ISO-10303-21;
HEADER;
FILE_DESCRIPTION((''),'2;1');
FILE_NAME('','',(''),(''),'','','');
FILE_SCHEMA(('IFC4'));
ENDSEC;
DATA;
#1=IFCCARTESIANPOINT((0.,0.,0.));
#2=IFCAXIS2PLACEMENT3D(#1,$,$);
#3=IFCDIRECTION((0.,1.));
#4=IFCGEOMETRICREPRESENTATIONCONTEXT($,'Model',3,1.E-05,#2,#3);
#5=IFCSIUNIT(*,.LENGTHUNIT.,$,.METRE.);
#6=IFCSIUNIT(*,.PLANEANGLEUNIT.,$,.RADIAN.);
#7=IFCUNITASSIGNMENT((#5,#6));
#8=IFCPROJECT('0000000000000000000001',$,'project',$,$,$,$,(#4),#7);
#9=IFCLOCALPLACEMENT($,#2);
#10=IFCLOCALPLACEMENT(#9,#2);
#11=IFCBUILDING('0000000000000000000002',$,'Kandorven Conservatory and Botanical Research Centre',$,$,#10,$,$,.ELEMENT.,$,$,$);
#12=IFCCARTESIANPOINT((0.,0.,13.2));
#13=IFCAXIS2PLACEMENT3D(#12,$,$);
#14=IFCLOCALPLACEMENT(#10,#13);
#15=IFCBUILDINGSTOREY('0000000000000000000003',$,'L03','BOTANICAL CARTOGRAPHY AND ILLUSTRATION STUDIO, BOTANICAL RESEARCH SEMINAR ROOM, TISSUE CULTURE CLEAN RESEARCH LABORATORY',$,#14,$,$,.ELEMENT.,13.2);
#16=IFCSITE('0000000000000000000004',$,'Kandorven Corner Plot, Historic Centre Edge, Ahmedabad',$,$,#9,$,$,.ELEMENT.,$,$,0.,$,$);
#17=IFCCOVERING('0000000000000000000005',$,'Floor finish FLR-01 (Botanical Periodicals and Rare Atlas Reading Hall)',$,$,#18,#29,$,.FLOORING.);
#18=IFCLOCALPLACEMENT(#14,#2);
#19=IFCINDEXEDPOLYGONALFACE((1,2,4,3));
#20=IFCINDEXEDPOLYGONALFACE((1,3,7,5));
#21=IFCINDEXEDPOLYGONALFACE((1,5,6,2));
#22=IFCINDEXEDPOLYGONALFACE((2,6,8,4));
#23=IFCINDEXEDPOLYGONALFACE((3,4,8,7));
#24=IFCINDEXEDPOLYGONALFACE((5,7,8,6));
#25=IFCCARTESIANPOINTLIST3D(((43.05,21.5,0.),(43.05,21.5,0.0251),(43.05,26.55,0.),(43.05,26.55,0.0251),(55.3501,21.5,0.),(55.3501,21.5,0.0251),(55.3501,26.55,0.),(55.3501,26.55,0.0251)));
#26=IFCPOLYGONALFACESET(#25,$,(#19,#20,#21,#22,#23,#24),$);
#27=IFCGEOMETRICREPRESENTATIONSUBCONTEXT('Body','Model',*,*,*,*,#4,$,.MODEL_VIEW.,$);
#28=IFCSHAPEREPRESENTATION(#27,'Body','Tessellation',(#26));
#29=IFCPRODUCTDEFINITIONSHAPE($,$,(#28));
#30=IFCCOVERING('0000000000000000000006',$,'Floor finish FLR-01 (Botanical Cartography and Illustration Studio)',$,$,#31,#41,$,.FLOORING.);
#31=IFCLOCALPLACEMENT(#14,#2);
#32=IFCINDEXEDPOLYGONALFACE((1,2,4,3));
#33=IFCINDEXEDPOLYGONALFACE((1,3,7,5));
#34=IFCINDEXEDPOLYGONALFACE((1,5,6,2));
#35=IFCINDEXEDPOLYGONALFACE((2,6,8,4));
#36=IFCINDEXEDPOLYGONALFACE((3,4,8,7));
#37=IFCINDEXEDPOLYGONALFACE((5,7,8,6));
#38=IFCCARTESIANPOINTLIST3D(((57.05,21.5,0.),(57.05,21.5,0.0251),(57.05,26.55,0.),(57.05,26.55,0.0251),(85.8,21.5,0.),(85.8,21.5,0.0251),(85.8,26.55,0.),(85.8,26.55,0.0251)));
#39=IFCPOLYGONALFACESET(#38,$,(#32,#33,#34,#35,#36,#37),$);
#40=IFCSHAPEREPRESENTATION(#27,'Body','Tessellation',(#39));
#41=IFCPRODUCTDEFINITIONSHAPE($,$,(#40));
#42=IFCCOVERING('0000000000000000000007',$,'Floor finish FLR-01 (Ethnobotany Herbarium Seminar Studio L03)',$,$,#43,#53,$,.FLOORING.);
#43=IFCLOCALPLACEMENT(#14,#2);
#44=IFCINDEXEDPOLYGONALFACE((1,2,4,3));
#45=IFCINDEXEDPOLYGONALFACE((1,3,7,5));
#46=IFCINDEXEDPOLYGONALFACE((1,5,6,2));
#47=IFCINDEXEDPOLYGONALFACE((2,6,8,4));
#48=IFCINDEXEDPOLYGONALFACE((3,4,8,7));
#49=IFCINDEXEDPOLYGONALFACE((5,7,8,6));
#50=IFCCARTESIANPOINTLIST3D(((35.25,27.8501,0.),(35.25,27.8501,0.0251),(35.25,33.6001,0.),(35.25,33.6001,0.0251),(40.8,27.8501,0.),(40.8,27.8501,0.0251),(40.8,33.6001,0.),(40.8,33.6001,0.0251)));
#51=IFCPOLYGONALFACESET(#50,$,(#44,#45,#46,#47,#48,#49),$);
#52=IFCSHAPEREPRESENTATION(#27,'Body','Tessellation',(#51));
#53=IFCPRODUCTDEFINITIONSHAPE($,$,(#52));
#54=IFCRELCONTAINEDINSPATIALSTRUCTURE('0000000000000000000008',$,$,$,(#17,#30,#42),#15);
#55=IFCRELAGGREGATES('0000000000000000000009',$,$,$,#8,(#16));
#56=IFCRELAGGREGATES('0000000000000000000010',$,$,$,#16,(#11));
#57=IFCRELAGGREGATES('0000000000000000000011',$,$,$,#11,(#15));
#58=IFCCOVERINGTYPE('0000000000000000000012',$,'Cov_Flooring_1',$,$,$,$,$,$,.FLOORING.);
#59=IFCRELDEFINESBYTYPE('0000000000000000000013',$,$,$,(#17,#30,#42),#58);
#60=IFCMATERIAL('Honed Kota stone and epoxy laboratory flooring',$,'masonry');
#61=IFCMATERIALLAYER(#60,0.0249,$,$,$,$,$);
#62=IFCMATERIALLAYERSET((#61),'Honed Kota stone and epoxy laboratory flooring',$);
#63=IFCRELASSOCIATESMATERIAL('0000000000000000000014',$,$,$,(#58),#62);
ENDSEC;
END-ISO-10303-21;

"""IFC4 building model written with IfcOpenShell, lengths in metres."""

from ifc_helpers import new_model, si_unit, direction, frame, origin, place, context, subcontext, project, spatial, polyline, outline, extrude, material, layer, layer_set, type_object, element, save


model = new_model("IFC4")

# Units and contexts
model_context = context("Model", 3, precision=1e-05, world=origin(), true_north=direction((0.0, 1.0)))
body_context = subcontext(model_context, "Body", "Model", "MODEL_VIEW")
ifc_project = project(units=[si_unit("LENGTHUNIT", "METRE"), si_unit("PLANEANGLEUNIT", "RADIAN")], contexts=[model_context])

# Site, building, storey
site_placement = place(None, origin())
site = spatial("IfcSite", under=ifc_project, at=site_placement, Name="Kandorven Corner Plot, Historic Centre Edge, Ahmedabad", CompositionType="ELEMENT", RefElevation=0.0)
building_placement = place(site_placement, origin())
building = spatial("IfcBuilding", under=site, at=building_placement, Name="Kandorven Conservatory and Botanical Research Centre", CompositionType="ELEMENT")
storey_placement = place(building_placement, frame((0.0, 0.0, 13.2)))
storey = spatial("IfcBuildingStorey", under=building, at=storey_placement, Name="L03", Description="BOTANICAL CARTOGRAPHY AND ILLUSTRATION STUDIO, BOTANICAL RESEARCH SEMINAR ROOM, TISSUE CULTURE CLEAN RESEARCH LABORATORY", CompositionType="ELEMENT", Elevation=13.2)

# Coverings
ifc_material_1 = material(Name="Honed Kota stone and epoxy laboratory flooring", Category="masonry")
ifc_layer_1 = layer(ifc_material_1, 0.0249)
ifc_layer_set_1 = layer_set([ifc_layer_1], Name="Honed Kota stone and epoxy laboratory flooring")
covering_type_1 = type_object("IfcCoveringType", Name="Cov_Flooring_1", PredefinedType="FLOORING", material=ifc_layer_set_1)
covering_1_placement = place(storey_placement, origin())
element("IfcCovering", 1, at=covering_1_placement, inside=storey, type_object=covering_type_1, Name="Floor finish FLR-01 (Botanical Periodicals and Rare Atlas Reading Hall)", PredefinedType="FLOORING", context=body_context, shape_type="SweptSolid", body=[
    extrude(outline(polyline([(43.05, 21.5), (55.3501, 21.5), (55.3501, 26.55), (43.05, 26.55), (43.05, 21.5)])), origin(), (0.0, 0.0, 1.0), 0.0251),
])
covering_2_placement = place(storey_placement, origin())
element("IfcCovering", 2, at=covering_2_placement, inside=storey, type_object=covering_type_1, Name="Floor finish FLR-01 (Botanical Cartography and Illustration Studio)", PredefinedType="FLOORING", context=body_context, shape_type="SweptSolid", body=[
    extrude(outline(polyline([(57.05, 21.5), (85.8, 21.5), (85.8, 26.55), (57.05, 26.55), (57.05, 21.5)])), origin(), (0.0, 0.0, 1.0), 0.0251),
])
covering_3_placement = place(storey_placement, origin())
element("IfcCovering", 3, at=covering_3_placement, inside=storey, type_object=covering_type_1, Name="Floor finish FLR-01 (Ethnobotany Herbarium Seminar Studio L03)", PredefinedType="FLOORING", context=body_context, shape_type="SweptSolid", body=[
    extrude(outline(polyline([(35.25, 27.8501), (40.8, 27.8501), (40.8, 33.6001), (35.25, 33.6001), (35.25, 27.8501)])), origin(), (0.0, 0.0, 1.0), 0.0251),
])

save(model, "model.ifc")
